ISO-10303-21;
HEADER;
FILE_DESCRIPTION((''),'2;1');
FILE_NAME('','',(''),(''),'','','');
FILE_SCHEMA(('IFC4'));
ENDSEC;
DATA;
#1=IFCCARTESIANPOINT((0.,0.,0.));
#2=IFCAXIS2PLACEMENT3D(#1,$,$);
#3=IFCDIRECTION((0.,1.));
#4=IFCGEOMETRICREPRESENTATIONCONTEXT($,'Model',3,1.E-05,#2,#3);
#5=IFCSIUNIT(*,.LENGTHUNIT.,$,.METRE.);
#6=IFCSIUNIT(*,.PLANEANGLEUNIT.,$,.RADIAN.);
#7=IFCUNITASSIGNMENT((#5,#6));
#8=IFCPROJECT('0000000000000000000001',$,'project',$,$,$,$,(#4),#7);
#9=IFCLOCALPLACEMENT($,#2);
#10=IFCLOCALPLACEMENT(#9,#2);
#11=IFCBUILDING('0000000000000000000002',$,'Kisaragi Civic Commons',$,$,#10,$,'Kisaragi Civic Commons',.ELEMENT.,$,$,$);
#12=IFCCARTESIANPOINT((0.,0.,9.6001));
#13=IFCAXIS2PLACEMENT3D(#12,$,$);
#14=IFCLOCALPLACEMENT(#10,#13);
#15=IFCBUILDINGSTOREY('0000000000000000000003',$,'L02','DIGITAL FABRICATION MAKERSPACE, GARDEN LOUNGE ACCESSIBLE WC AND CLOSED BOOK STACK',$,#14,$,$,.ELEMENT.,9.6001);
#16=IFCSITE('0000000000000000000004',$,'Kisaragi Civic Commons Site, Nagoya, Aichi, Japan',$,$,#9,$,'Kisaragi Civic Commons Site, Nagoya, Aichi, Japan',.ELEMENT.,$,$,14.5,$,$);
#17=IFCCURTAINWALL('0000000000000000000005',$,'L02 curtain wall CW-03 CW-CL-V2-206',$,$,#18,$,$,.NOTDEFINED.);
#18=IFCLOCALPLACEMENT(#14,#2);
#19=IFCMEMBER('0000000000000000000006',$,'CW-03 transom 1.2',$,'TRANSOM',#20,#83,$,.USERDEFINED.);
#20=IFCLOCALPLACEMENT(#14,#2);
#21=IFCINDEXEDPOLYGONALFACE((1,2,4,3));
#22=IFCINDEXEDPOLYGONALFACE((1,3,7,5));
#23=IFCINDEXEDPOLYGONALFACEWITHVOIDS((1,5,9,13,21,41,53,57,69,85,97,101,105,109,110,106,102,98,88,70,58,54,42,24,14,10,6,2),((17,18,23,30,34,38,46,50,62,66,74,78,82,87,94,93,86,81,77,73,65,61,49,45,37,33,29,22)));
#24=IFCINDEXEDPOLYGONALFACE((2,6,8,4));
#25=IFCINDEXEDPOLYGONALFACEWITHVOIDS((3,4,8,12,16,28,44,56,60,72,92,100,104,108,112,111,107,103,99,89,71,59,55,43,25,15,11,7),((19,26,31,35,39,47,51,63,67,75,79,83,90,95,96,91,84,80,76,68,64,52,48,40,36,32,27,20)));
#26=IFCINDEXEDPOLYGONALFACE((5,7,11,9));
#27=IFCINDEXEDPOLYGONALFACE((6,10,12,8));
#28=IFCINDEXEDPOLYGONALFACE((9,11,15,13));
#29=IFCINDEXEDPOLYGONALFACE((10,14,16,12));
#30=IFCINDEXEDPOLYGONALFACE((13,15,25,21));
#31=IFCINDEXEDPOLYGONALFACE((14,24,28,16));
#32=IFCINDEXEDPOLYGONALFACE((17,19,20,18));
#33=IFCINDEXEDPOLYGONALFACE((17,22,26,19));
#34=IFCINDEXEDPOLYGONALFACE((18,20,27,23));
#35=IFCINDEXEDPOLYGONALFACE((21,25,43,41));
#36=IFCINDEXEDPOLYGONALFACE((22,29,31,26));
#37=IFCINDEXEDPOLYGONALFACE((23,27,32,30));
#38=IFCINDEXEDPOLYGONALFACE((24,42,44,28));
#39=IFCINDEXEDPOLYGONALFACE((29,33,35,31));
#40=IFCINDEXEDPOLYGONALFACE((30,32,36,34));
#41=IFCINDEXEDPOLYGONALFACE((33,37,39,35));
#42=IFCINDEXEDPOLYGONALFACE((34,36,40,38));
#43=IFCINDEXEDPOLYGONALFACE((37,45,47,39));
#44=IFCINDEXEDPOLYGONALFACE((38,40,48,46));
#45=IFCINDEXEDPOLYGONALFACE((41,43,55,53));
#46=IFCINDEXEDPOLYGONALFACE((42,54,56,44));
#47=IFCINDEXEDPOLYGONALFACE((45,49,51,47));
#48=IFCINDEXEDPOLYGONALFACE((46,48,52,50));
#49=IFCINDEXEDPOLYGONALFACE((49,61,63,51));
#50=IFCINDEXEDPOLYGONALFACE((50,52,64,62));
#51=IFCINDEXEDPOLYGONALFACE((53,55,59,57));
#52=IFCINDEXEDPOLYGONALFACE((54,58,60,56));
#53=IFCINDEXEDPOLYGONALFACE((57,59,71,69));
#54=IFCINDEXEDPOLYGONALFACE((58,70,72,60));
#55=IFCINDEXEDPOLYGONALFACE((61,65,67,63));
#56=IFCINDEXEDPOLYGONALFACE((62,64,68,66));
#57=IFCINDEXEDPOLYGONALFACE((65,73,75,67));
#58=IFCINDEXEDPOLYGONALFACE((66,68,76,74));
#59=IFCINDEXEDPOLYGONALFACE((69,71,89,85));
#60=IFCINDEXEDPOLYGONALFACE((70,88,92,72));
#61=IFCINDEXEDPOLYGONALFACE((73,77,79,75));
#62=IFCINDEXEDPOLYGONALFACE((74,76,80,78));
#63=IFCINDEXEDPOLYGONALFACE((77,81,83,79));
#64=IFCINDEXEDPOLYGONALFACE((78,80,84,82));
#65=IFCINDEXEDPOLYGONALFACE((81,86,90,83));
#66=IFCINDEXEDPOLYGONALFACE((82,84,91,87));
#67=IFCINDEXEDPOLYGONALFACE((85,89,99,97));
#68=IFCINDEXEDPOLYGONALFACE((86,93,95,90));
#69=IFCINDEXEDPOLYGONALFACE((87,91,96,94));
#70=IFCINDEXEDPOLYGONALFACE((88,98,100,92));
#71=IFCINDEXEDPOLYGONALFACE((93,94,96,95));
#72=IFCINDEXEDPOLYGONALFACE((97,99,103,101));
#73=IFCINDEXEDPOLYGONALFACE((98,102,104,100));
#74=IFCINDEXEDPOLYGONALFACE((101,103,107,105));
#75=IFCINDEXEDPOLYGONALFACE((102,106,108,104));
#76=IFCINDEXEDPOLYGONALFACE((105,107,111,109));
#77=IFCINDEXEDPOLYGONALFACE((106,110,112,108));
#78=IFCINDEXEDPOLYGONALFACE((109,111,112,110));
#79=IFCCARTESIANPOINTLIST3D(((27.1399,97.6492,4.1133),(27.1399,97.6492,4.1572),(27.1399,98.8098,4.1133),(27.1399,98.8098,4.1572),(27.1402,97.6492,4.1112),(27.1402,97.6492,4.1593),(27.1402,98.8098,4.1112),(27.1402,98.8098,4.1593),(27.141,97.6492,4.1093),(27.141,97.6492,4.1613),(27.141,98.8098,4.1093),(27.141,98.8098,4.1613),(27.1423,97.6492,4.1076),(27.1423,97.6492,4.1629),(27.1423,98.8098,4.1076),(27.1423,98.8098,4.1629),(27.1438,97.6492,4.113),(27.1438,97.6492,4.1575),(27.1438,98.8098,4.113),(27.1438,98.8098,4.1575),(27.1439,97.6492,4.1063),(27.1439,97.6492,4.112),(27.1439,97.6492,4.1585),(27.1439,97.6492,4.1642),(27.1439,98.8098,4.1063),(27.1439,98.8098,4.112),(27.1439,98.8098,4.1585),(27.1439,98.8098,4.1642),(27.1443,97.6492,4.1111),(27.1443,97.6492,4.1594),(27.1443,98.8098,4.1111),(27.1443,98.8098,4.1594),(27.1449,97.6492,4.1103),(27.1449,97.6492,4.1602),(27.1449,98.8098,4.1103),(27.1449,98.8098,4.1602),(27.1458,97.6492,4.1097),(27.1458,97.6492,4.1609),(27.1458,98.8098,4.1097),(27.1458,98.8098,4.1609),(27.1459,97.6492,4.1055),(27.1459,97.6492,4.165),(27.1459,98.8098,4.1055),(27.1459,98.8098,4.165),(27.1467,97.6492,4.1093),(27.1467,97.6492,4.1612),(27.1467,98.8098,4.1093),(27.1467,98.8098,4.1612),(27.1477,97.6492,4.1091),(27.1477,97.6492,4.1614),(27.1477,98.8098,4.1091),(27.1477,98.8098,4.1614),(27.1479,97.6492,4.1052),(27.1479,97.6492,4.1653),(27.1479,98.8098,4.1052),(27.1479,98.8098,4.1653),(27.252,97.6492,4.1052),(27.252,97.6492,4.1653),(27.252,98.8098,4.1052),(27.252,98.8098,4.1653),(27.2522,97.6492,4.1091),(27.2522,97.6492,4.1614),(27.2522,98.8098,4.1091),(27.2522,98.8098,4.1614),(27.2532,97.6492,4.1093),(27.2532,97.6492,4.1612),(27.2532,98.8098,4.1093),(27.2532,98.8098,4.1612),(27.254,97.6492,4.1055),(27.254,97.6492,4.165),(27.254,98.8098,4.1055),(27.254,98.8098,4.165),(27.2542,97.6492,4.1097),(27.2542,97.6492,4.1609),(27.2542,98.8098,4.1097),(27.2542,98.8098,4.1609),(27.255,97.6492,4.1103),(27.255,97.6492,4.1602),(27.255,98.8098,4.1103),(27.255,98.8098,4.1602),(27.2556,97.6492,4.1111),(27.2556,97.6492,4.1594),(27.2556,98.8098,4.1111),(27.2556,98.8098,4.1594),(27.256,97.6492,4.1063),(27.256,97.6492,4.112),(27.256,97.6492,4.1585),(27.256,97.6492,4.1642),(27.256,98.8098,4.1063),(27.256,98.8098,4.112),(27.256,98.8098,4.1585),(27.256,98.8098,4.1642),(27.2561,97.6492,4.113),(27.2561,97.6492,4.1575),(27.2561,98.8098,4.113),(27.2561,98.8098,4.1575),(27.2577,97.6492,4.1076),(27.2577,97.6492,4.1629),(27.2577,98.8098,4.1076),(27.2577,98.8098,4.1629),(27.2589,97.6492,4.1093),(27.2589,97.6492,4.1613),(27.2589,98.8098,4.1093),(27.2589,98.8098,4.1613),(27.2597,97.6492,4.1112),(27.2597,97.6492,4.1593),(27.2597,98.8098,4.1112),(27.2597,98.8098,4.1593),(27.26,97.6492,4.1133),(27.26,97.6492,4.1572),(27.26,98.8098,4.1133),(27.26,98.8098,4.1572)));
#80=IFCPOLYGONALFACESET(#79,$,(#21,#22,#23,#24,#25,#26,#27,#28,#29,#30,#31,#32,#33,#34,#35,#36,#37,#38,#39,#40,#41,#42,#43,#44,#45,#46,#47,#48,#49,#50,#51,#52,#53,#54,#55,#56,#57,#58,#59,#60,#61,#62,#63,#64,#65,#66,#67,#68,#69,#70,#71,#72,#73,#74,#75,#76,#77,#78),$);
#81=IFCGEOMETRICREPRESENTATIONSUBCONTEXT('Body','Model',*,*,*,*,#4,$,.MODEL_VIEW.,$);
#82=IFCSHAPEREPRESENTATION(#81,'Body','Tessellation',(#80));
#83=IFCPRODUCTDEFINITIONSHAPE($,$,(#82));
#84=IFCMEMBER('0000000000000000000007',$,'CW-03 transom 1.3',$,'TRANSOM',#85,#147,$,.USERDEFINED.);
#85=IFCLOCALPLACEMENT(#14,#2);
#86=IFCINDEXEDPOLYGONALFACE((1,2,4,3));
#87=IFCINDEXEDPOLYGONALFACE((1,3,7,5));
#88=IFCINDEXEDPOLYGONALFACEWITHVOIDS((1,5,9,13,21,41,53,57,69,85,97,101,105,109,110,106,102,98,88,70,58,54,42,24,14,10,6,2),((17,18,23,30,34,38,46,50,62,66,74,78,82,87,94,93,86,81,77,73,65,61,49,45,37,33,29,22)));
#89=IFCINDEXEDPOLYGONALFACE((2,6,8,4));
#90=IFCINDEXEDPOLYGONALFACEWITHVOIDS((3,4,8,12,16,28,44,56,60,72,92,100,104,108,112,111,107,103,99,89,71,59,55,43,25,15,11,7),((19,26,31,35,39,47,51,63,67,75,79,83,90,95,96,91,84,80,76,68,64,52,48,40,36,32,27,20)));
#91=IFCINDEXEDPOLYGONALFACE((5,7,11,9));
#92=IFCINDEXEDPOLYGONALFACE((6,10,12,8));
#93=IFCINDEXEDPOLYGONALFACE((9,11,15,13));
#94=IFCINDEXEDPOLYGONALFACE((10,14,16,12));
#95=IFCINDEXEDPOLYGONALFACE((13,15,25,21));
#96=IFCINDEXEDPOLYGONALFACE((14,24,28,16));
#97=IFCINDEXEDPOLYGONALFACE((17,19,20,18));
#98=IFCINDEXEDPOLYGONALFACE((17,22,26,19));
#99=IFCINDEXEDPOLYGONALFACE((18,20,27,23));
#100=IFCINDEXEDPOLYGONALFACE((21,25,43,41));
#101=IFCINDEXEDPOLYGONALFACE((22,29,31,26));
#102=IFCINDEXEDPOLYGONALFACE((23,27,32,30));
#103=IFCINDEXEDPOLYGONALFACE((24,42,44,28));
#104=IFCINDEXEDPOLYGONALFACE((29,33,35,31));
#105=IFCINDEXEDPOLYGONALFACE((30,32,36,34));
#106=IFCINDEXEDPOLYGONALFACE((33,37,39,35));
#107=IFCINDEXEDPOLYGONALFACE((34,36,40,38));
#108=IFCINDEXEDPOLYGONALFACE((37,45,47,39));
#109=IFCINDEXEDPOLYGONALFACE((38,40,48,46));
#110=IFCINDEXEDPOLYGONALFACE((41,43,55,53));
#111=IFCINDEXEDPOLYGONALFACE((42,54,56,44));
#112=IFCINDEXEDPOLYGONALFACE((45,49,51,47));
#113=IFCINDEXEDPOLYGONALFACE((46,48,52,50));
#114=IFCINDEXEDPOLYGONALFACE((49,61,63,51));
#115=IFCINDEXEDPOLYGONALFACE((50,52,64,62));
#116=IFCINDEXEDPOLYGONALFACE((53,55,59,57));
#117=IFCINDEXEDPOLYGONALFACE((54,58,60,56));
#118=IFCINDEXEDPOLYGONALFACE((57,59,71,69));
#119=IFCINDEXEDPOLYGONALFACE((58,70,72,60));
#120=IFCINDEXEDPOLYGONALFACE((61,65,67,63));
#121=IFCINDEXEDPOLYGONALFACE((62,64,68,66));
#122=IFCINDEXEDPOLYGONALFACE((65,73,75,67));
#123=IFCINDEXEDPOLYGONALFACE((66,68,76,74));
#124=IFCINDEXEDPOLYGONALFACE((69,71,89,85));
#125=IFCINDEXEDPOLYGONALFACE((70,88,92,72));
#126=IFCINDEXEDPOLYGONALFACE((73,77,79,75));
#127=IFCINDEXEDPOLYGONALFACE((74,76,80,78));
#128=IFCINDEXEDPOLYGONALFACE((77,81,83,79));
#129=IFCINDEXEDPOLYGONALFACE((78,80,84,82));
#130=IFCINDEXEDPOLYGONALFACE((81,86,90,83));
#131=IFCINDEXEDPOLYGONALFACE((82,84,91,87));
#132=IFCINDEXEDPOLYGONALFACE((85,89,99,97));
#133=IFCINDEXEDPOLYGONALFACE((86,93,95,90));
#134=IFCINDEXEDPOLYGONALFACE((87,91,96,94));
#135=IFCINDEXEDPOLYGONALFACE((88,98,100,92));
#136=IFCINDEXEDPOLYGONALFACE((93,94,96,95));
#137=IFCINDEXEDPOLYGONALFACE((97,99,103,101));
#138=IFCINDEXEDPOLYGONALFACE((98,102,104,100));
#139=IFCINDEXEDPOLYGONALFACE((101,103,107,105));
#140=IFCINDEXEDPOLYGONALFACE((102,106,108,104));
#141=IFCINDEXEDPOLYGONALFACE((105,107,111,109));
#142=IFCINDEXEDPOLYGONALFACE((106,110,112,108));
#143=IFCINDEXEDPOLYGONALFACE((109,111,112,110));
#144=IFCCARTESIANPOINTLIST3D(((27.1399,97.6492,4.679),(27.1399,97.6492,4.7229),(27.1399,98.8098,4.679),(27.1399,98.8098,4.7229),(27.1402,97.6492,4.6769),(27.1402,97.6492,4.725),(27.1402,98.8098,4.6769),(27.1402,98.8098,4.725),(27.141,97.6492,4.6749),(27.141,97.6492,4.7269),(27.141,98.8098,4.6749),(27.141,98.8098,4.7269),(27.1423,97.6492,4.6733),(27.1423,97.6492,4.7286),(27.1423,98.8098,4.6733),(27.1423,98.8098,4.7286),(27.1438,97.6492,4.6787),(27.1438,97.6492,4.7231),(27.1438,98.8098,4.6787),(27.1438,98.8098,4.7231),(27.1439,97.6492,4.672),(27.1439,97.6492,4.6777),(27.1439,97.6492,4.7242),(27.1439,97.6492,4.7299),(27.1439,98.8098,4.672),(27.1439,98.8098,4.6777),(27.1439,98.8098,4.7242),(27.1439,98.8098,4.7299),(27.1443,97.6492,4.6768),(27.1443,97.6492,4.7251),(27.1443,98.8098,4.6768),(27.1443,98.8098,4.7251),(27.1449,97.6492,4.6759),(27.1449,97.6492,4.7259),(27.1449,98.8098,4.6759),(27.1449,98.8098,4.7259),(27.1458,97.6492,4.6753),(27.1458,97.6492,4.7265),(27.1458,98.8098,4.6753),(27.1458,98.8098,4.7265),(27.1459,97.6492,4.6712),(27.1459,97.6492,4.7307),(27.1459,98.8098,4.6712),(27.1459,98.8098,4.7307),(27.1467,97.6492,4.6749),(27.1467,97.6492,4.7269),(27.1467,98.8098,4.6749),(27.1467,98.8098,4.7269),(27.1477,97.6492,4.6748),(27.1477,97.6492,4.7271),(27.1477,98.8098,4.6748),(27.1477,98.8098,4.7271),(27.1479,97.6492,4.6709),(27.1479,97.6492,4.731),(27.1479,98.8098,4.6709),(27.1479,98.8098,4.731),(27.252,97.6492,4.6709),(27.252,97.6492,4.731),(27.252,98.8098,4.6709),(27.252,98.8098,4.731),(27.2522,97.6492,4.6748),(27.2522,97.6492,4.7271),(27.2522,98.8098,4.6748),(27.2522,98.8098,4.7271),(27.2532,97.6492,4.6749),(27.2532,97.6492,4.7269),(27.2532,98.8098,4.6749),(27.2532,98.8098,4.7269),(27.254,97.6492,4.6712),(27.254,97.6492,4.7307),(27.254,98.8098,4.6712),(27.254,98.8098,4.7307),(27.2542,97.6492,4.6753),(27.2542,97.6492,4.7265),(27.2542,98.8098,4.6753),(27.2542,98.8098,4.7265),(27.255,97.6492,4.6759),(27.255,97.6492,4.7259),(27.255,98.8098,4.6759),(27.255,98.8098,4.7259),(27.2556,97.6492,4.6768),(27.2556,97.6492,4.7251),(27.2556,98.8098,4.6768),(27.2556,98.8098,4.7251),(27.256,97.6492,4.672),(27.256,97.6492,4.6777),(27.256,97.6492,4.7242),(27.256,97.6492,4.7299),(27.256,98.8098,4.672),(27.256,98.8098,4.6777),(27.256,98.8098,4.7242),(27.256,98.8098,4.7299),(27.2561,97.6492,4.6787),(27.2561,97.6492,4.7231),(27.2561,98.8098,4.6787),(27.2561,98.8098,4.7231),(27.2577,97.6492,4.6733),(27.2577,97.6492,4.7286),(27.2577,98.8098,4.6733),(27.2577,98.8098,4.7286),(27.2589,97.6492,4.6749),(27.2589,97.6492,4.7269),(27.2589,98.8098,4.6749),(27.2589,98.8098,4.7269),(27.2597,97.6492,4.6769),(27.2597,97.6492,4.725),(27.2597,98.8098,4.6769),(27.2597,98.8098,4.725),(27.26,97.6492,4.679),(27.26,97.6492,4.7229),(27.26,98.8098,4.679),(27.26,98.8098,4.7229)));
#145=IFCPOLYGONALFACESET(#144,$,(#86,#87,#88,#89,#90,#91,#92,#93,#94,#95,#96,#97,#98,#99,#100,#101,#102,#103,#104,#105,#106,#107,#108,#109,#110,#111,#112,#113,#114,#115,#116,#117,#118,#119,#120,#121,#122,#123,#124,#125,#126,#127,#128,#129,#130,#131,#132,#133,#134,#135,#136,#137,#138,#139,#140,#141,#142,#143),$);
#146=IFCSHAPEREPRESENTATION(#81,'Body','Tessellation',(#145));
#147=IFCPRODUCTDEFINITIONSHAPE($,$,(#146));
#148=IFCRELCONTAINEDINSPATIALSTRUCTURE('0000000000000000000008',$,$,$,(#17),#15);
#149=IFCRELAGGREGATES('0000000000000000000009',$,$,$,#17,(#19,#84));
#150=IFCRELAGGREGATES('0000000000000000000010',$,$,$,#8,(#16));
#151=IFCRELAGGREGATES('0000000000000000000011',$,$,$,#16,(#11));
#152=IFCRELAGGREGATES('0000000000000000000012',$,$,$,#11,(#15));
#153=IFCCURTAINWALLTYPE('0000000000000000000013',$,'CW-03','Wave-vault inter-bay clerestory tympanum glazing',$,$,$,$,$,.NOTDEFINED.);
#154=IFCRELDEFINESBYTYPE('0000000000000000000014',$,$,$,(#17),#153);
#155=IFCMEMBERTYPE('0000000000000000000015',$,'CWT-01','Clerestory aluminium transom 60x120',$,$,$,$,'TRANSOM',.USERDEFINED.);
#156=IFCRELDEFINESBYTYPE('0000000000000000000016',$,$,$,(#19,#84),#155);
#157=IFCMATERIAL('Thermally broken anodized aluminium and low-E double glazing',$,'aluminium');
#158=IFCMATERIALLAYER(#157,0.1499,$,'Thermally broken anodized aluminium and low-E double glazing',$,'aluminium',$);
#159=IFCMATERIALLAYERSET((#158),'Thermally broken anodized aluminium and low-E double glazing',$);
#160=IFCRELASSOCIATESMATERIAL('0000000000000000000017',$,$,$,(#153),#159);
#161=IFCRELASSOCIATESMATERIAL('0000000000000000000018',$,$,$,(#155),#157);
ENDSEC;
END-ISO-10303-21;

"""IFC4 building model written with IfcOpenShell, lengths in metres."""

from ifc_helpers import new_model, si_unit, direction, frame, origin, origin_2d, place, context, subcontext, project, spatial, hollow_rectangle, extrude, material, layer, layer_set, material_profile, profile_set, type_object, element, aggregate, save


model = new_model("IFC4")

# Units and contexts
model_context = context("Model", 3, precision=1e-05, world=origin(), true_north=direction((0.0, 1.0)))
body_context = subcontext(model_context, "Body", "Model", "MODEL_VIEW")
ifc_project = project(units=[si_unit("LENGTHUNIT", "METRE"), si_unit("PLANEANGLEUNIT", "RADIAN")], contexts=[model_context])

# Site, building, storey
site_placement = place(None, origin())
site = spatial("IfcSite", under=ifc_project, at=site_placement, Name="Kisaragi Civic Commons Site, Nagoya, Aichi, Japan", LongName="Kisaragi Civic Commons Site, Nagoya, Aichi, Japan", CompositionType="ELEMENT", RefElevation=14.5)
building_placement = place(site_placement, origin())
building = spatial("IfcBuilding", under=site, at=building_placement, Name="Kisaragi Civic Commons", LongName="Kisaragi Civic Commons", CompositionType="ELEMENT")
storey_placement = place(building_placement, frame((0.0, 0.0, 9.6001)))
storey = spatial("IfcBuildingStorey", under=building, at=storey_placement, Name="L02", Description="DIGITAL FABRICATION MAKERSPACE, GARDEN LOUNGE ACCESSIBLE WC AND CLOSED BOOK STACK", CompositionType="ELEMENT", Elevation=9.6001)

# Shared definitions
ifc_material_1 = material(Name="Thermally broken anodized aluminium and low-E double glazing", Category="aluminium")
ifc_layer_1 = layer(ifc_material_1, 0.1499, Name="Thermally broken anodized aluminium and low-E double glazing", Category="aluminium")
ifc_layer_set_1 = layer_set([ifc_layer_1], Name="Thermally broken anodized aluminium and low-E double glazing")
curtain_wall_type = type_object("IfcCurtainWallType", Name="CW-03", Description="Wave-vault inter-bay clerestory tympanum glazing", PredefinedType="NOTDEFINED", material=ifc_layer_set_1)

# Curtain wall
curtain_wall_1_placement = place(storey_placement, origin())
curtain_wall_1 = element("IfcCurtainWall", 1, at=curtain_wall_1_placement, inside=storey, type_object=curtain_wall_type, Name="L02 curtain wall CW-03 CW-CL-V2-206", PredefinedType="NOTDEFINED")

# Members
ifc_material_profile_1 = material_profile(ifc_material_1, hollow_rectangle(XDim=0.1201, YDim=0.0601, WallThickness=0.0039, InnerFilletRadius=0.0039, OuterFilletRadius=0.0081, at=origin_2d()), Name="CWT-60x120x4", Category="aluminium")
ifc_profile_set_1 = profile_set([ifc_material_profile_1], Name="Thermally broken anodized aluminium and low-E double glazing")
member_type_1 = type_object("IfcMemberType", Name="CWT-01", Description="Clerestory aluminium transom 60x120", ElementType="TRANSOM", PredefinedType="USERDEFINED", material=ifc_profile_set_1)
member_1_placement = place(storey_placement, frame((27.2, 97.6492, 4.1353), z_axis=(0.0, 1.0, 0.0), x_axis=(-1.0, 0.0, 0.0)))
member_1 = element("IfcMember", 2, at=member_1_placement, type_object=member_type_1, Name="CW-03 transom 1.2", ObjectType="TRANSOM", PredefinedType="USERDEFINED", context=body_context, shape_type="SweptSolid", body=[
    extrude(hollow_rectangle(XDim=0.1201, YDim=0.0601, WallThickness=0.0039, InnerFilletRadius=0.0039, OuterFilletRadius=0.0081, at=origin_2d()), origin(), (0.0, 0.0, 1.0), 1.1606),
])
member_2_placement = place(storey_placement, frame((27.2, 97.6492, 4.7009), z_axis=(0.0, 1.0, 0.0), x_axis=(-1.0, 0.0, 0.0)))
member_2 = element("IfcMember", 3, at=member_2_placement, type_object=member_type_1, Name="CW-03 transom 1.3", ObjectType="TRANSOM", PredefinedType="USERDEFINED", context=body_context, shape_type="SweptSolid", body=[
    extrude(hollow_rectangle(XDim=0.1201, YDim=0.0601, WallThickness=0.0039, InnerFilletRadius=0.0039, OuterFilletRadius=0.0081, at=origin_2d()), origin(), (0.0, 0.0, 1.0), 1.1606),
])

aggregate(curtain_wall_1, [member_1, member_2])

save(model, "model.ifc")
